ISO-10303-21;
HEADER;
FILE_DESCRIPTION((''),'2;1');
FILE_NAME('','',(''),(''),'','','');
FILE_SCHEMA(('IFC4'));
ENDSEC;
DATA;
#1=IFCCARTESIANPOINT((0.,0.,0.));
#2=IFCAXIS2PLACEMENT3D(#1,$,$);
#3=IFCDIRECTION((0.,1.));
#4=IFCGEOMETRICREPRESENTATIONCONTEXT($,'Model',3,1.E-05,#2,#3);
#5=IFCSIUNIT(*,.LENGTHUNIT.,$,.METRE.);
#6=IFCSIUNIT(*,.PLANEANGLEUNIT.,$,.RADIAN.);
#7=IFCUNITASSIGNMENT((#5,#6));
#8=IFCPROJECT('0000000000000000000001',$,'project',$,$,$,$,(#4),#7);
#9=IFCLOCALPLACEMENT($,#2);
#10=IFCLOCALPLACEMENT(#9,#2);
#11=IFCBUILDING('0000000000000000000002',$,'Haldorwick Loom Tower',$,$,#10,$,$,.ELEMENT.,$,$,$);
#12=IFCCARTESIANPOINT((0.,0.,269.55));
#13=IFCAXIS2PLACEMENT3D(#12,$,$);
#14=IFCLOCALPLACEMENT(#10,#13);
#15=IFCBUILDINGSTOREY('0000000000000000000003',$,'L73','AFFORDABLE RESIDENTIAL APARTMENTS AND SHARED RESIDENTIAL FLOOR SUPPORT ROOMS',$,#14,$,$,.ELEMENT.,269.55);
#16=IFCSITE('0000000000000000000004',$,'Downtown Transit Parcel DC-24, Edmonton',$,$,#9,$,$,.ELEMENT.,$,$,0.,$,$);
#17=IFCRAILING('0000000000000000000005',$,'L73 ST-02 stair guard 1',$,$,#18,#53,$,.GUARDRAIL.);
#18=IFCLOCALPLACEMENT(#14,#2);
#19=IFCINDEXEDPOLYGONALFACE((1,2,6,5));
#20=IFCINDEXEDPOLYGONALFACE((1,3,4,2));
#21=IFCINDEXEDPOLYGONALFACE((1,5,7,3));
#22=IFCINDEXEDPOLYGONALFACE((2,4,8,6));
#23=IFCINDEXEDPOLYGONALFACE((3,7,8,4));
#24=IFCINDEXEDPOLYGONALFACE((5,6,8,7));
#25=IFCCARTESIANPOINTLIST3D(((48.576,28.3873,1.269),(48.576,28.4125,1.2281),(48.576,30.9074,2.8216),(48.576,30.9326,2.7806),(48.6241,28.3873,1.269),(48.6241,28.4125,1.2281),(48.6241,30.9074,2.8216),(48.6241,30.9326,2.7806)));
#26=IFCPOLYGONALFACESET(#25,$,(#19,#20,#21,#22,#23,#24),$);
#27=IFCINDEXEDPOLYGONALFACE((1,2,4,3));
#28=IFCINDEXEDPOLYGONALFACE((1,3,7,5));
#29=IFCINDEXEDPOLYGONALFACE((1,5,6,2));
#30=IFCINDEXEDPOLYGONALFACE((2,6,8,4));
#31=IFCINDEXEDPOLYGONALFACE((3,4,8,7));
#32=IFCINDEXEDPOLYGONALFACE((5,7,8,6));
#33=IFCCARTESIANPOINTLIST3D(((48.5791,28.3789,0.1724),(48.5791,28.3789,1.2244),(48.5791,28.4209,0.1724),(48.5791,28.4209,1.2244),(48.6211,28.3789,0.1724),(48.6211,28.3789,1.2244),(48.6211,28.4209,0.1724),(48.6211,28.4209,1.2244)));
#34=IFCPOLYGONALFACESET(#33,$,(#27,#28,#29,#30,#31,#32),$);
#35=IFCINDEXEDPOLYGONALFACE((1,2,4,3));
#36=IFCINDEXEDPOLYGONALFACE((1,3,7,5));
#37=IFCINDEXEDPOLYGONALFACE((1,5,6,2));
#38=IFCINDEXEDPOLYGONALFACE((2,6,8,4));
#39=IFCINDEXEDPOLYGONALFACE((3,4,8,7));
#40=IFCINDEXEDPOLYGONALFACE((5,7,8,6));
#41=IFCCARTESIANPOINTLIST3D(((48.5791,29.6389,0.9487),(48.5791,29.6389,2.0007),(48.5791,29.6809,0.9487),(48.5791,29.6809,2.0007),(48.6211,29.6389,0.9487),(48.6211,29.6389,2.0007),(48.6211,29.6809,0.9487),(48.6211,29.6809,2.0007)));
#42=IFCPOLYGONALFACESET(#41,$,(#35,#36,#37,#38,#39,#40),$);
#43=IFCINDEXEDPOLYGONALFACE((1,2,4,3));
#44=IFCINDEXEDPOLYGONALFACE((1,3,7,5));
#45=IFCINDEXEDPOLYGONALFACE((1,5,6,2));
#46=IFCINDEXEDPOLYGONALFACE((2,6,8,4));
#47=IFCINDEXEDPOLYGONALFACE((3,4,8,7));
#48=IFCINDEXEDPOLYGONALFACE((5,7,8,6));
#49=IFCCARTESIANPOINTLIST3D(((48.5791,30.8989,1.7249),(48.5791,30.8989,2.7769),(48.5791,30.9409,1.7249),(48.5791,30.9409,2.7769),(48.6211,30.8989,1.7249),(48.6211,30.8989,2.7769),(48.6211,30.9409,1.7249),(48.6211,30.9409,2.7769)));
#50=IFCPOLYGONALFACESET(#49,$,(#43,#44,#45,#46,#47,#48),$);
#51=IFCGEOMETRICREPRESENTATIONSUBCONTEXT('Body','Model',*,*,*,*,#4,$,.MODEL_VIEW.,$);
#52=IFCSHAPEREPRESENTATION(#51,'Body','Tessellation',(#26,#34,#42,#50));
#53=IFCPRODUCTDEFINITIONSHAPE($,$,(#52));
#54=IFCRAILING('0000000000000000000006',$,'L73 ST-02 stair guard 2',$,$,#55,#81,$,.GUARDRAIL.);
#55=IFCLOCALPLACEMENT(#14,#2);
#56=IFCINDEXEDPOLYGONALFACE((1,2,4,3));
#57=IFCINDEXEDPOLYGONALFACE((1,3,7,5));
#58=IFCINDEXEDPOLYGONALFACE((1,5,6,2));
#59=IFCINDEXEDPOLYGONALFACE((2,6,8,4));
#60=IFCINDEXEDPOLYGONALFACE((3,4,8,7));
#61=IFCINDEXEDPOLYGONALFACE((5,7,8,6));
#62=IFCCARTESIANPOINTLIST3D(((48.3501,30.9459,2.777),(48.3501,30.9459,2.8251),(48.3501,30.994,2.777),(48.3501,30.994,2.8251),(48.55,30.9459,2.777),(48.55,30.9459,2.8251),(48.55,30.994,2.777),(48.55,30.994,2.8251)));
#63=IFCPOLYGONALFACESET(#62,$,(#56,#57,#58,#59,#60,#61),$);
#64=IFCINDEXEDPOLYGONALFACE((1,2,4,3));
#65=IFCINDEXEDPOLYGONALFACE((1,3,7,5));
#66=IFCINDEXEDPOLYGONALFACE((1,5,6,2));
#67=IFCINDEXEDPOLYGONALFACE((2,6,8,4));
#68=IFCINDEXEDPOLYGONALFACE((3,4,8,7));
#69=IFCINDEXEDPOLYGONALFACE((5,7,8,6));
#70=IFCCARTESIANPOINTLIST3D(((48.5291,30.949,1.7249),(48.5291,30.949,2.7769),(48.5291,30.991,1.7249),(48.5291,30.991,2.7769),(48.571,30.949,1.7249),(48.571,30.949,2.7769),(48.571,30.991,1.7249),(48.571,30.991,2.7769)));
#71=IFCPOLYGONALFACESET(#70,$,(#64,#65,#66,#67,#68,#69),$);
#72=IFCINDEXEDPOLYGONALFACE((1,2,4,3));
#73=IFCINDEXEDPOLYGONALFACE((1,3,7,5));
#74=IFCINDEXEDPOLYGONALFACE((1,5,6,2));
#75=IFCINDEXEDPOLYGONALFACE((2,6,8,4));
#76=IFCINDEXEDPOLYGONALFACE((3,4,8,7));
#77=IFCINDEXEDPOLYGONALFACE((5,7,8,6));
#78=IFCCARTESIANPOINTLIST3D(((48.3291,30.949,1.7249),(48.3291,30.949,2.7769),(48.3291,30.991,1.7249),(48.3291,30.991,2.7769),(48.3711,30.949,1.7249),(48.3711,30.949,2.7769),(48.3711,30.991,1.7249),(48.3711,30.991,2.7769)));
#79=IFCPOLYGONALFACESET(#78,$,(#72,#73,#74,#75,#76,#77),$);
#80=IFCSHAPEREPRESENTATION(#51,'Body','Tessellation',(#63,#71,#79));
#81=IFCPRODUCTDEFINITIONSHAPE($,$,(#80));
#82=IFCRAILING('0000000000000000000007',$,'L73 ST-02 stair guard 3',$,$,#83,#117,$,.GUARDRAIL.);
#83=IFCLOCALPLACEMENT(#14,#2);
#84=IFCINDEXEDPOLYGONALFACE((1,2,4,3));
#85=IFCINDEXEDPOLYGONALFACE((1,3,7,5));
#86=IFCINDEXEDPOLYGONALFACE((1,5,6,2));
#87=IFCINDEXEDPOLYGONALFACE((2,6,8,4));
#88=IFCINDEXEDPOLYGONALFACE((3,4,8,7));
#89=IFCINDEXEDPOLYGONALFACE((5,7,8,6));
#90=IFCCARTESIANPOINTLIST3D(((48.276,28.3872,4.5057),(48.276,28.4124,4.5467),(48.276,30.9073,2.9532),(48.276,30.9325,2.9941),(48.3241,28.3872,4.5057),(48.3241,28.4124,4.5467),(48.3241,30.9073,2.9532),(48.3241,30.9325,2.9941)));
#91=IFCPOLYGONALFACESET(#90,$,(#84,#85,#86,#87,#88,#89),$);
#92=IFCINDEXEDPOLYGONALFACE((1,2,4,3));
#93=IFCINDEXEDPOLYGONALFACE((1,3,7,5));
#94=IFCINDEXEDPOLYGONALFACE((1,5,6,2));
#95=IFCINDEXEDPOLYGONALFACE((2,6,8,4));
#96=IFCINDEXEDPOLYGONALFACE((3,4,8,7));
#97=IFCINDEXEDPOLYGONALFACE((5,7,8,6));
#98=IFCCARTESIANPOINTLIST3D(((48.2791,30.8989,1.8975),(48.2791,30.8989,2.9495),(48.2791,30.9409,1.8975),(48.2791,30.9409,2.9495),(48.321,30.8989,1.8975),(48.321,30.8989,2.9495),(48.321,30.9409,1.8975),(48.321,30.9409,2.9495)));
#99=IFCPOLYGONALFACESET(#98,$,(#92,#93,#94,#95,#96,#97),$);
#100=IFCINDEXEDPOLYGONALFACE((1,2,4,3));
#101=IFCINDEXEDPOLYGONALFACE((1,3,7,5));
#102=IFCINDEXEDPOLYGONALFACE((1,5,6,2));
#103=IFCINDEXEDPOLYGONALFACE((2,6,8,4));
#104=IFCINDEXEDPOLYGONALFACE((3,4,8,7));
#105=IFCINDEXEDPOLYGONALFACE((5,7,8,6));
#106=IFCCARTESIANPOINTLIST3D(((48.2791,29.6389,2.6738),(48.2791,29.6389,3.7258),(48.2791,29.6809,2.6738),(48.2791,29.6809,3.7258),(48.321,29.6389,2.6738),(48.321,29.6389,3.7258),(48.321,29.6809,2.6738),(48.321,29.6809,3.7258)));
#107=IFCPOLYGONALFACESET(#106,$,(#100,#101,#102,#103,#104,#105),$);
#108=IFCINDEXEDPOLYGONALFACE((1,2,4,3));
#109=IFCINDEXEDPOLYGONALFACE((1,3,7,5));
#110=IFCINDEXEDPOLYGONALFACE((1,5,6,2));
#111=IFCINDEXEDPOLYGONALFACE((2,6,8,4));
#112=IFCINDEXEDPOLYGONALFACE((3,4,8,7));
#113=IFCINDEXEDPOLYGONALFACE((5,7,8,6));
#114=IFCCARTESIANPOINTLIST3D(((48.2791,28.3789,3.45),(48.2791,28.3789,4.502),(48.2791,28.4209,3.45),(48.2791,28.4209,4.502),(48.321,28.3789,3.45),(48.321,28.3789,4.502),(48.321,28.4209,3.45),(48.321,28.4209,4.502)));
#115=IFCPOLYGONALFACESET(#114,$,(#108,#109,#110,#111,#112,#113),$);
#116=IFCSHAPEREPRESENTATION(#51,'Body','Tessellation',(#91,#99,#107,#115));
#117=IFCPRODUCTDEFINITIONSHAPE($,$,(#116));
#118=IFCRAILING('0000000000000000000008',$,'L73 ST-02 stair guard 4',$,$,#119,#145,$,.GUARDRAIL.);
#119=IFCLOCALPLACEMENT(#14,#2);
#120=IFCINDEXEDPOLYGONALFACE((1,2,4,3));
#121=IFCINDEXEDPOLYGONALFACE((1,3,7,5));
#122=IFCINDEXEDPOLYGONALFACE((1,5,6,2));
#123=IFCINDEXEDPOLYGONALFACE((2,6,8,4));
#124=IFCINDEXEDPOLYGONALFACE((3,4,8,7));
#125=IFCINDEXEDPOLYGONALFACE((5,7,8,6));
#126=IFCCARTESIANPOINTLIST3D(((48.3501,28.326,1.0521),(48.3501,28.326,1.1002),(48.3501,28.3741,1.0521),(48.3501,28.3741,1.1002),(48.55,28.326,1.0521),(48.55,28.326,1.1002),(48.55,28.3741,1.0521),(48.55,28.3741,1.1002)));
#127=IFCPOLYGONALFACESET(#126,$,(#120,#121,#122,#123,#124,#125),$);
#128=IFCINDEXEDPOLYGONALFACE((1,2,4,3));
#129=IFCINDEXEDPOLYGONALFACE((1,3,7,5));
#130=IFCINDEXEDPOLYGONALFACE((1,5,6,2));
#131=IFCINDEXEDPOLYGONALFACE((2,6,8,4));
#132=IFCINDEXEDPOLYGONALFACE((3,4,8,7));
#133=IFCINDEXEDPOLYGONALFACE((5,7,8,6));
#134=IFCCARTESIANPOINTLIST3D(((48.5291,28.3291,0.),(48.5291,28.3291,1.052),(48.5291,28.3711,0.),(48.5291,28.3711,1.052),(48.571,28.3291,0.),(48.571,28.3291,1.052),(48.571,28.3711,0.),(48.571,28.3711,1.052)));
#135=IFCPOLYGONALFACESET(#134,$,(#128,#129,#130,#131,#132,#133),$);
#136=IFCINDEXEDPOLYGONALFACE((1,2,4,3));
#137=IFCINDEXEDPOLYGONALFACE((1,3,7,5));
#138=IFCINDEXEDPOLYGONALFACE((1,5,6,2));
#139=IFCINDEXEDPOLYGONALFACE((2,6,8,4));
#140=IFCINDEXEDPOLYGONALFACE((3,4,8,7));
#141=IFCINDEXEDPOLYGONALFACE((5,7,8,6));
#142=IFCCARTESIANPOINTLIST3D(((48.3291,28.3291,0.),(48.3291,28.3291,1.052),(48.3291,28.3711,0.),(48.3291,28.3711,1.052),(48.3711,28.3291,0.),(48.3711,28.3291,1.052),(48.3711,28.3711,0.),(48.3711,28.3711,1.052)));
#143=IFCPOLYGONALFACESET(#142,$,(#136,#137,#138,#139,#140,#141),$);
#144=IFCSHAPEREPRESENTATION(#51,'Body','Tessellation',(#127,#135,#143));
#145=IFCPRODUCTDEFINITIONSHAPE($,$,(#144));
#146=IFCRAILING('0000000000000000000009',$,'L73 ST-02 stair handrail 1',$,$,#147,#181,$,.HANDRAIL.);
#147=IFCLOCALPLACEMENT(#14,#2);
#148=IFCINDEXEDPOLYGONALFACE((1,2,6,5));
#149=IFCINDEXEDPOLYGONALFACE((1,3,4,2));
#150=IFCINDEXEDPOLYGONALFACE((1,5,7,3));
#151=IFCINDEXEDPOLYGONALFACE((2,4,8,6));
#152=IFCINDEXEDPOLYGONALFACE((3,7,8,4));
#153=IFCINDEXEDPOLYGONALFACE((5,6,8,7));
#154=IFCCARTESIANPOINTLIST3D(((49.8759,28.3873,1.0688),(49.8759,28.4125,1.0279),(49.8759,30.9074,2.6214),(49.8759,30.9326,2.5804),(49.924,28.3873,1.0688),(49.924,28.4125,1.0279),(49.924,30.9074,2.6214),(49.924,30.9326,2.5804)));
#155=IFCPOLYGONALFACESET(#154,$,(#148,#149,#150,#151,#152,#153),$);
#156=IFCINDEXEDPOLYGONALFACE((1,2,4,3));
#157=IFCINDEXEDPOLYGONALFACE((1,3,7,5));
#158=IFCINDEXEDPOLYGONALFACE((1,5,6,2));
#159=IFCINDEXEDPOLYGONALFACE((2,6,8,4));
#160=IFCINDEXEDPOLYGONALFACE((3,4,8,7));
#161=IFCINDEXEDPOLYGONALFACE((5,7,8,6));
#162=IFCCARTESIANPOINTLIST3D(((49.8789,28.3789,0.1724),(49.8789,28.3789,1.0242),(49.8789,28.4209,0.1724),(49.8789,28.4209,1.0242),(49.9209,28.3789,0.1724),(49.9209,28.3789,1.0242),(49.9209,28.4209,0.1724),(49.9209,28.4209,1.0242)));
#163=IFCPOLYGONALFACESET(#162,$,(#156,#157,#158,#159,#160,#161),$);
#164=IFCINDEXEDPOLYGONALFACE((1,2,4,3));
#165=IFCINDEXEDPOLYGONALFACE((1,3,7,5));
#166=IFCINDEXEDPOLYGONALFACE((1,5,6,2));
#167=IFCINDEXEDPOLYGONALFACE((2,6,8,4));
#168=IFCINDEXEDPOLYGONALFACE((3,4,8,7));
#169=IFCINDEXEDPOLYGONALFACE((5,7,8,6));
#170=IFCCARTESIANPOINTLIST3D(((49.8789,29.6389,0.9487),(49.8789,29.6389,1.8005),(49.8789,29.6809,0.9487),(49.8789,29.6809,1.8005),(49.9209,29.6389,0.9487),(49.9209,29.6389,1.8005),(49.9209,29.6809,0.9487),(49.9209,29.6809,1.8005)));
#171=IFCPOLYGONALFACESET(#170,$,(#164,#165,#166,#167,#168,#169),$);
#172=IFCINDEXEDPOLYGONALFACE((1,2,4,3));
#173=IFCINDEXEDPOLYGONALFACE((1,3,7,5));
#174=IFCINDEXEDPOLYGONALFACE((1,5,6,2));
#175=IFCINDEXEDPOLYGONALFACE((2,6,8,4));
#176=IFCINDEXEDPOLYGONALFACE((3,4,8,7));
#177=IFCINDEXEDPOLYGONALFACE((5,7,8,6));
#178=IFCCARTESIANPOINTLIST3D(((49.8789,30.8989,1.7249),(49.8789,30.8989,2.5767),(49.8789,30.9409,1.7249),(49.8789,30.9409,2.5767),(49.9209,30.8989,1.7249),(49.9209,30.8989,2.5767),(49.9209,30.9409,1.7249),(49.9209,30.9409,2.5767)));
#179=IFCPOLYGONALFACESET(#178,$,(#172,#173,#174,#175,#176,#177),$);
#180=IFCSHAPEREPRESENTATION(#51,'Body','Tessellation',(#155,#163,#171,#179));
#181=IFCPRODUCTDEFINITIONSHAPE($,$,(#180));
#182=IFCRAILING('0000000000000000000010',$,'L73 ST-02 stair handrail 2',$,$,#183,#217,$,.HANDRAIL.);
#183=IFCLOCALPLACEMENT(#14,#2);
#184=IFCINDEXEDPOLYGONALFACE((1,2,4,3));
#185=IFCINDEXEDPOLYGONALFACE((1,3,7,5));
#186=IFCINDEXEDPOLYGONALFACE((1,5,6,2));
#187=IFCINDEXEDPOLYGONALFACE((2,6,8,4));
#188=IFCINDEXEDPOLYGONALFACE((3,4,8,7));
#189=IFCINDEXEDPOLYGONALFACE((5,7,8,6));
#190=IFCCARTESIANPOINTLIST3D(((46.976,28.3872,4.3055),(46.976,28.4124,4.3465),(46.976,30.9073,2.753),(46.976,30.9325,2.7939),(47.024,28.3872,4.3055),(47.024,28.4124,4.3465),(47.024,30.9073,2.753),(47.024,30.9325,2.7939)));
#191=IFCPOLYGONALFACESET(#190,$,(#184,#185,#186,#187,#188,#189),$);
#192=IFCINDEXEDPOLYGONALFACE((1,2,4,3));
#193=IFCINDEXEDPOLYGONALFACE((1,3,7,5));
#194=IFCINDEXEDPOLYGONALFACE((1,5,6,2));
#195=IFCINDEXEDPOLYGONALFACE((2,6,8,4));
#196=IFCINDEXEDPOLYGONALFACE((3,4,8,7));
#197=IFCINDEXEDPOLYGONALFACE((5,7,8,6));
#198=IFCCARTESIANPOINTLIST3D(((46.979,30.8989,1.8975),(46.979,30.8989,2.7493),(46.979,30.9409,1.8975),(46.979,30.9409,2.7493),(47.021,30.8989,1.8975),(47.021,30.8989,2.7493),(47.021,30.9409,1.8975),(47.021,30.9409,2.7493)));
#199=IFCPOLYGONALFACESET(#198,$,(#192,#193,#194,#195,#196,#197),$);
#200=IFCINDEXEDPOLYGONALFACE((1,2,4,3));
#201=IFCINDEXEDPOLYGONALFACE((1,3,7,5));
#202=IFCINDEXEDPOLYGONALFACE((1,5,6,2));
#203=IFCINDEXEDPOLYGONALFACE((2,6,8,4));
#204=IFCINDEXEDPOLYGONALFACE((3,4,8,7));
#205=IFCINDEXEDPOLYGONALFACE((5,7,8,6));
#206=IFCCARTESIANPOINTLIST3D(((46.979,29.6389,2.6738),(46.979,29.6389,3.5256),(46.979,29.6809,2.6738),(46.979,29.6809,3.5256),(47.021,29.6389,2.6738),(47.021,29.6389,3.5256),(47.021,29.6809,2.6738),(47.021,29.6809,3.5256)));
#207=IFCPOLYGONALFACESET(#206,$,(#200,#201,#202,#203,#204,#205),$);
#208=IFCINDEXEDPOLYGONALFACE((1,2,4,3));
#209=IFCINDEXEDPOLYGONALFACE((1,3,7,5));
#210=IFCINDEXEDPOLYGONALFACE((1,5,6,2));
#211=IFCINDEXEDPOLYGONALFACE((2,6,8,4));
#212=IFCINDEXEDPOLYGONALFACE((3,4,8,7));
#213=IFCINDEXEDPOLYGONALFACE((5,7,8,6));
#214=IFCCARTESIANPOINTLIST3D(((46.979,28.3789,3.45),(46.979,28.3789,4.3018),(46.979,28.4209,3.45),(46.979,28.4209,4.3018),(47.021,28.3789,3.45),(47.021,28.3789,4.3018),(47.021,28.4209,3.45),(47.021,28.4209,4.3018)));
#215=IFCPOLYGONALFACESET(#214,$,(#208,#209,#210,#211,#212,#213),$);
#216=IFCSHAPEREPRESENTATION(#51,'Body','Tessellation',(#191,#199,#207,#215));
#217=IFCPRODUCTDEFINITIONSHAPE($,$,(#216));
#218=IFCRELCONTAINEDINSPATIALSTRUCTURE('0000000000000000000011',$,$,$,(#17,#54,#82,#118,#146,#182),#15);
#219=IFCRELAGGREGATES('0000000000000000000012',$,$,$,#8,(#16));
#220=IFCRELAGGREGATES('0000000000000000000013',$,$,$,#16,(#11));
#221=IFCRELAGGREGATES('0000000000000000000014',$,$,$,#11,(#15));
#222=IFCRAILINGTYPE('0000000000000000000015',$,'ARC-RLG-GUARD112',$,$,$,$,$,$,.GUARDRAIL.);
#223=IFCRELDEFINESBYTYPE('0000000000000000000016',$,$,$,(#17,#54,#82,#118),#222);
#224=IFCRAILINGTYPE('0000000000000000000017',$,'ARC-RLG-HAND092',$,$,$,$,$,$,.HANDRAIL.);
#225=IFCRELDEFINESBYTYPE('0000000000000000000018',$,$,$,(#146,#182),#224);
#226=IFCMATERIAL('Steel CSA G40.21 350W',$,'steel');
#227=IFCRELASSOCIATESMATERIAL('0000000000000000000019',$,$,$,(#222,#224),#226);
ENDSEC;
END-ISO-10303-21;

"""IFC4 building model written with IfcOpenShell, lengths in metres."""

from ifc_helpers import new_model, si_unit, direction, frame, origin, origin_2d, place, context, subcontext, project, spatial, rectangle, extrude, material, type_object, element, save


model = new_model("IFC4")

# Units and contexts
model_context = context("Model", 3, precision=1e-05, world=origin(), true_north=direction((0.0, 1.0)))
body_context = subcontext(model_context, "Body", "Model", "MODEL_VIEW")
ifc_project = project(units=[si_unit("LENGTHUNIT", "METRE"), si_unit("PLANEANGLEUNIT", "RADIAN")], contexts=[model_context])

# Site, building, storey
site_placement = place(None, origin())
site = spatial("IfcSite", under=ifc_project, at=site_placement, Name="Downtown Transit Parcel DC-24, Edmonton", CompositionType="ELEMENT", RefElevation=0.0)
building_placement = place(site_placement, origin())
building = spatial("IfcBuilding", under=site, at=building_placement, Name="Haldorwick Loom Tower", CompositionType="ELEMENT")
storey_placement = place(building_placement, frame((0.0, 0.0, 269.55)))
storey = spatial("IfcBuildingStorey", under=building, at=storey_placement, Name="L73", Description="AFFORDABLE RESIDENTIAL APARTMENTS AND SHARED RESIDENTIAL FLOOR SUPPORT ROOMS", CompositionType="ELEMENT", Elevation=269.55)

# Shared definitions
ifc_material_1 = material(Name="Steel CSA G40.21 350W", Category="steel")

# Railings
railing_type_1 = type_object("IfcRailingType", Name="ARC-RLG-GUARD112", PredefinedType="GUARDRAIL", material=ifc_material_1)
railing_1_placement = place(storey_placement, frame((48.6001, 28.3999, 0.1724)))
element("IfcRailing", 1, at=railing_1_placement, inside=storey, type_object=railing_type_1, Name="L73 ST-02 stair guard 1", PredefinedType="GUARDRAIL", context=body_context, shape_type="SweptSolid", body=[
    extrude(rectangle(XDim=0.0481, YDim=0.0481, at=origin_2d()), frame((0.0, 0.0, 1.0762), z_axis=(0.0, 0.8514, 0.524516), x_axis=(-1.0, 0.0, 0.0)), (0.0, 0.0, 1.0), 2.96),
    extrude(rectangle(XDim=0.042, YDim=0.042, at=origin_2d()), origin(), (0.0, 0.0, 1.0), 1.052),
    extrude(rectangle(XDim=0.042, YDim=0.042, at=origin_2d()), frame((0.0, 1.26, 0.7764)), (0.0, 0.0, 1.0), 1.052),
    extrude(rectangle(XDim=0.042, YDim=0.042, at=origin_2d()), frame((0.0, 2.52, 1.5525)), (0.0, 0.0, 1.0), 1.052),
])
railing_2_placement = place(storey_placement, frame((48.55, 30.97, 1.7249)))
element("IfcRailing", 2, at=railing_2_placement, inside=storey, type_object=railing_type_1, Name="L73 ST-02 stair guard 2", PredefinedType="GUARDRAIL", context=body_context, shape_type="SweptSolid", body=[
    extrude(rectangle(XDim=0.0481, YDim=0.0481, at=origin_2d()), frame((0.0, 0.0, 1.0762), z_axis=(-1.0, 0.0, 0.0), x_axis=(0.0, -1.0, 0.0)), (0.0, 0.0, 1.0), 0.2),
    extrude(rectangle(XDim=0.042, YDim=0.042, at=origin_2d()), origin(), (0.0, 0.0, 1.0), 1.052),
    extrude(rectangle(XDim=0.042, YDim=0.042, at=origin_2d()), frame((-0.2, 0.0, 0.0)), (0.0, 0.0, 1.0), 1.052),
])
railing_3_placement = place(storey_placement, frame((48.3, 30.9199, 1.8975)))
element("IfcRailing", 3, at=railing_3_placement, inside=storey, type_object=railing_type_1, Name="L73 ST-02 stair guard 3", PredefinedType="GUARDRAIL", context=body_context, shape_type="SweptSolid", body=[
    extrude(rectangle(XDim=0.0481, YDim=0.0481, at=origin_2d()), frame((0.0, 0.0, 1.0762), z_axis=(0.0, -0.8514, 0.524516), x_axis=(1.0, 0.0, 0.0)), (0.0, 0.0, 1.0), 2.96),
    extrude(rectangle(XDim=0.042, YDim=0.042, at=origin_2d()), origin(), (0.0, 0.0, 1.0), 1.052),
    extrude(rectangle(XDim=0.042, YDim=0.042, at=origin_2d()), frame((0.0, -1.26, 0.7764)), (0.0, 0.0, 1.0), 1.052),
    extrude(rectangle(XDim=0.042, YDim=0.042, at=origin_2d()), frame((0.0, -2.52, 1.5525)), (0.0, 0.0, 1.0), 1.052),
])
railing_4_placement = place(storey_placement, frame((48.55, 28.3501, 0.0)))
element("IfcRailing", 4, at=railing_4_placement, inside=storey, type_object=railing_type_1, Name="L73 ST-02 stair guard 4", PredefinedType="GUARDRAIL", context=body_context, shape_type="SweptSolid", body=[
    extrude(rectangle(XDim=0.0481, YDim=0.0481, at=origin_2d()), frame((0.0, 0.0, 1.0762), z_axis=(-1.0, 0.0, 0.0), x_axis=(0.0, -1.0, 0.0)), (0.0, 0.0, 1.0), 0.2),
    extrude(rectangle(XDim=0.042, YDim=0.042, at=origin_2d()), origin(), (0.0, 0.0, 1.0), 1.052),
    extrude(rectangle(XDim=0.042, YDim=0.042, at=origin_2d()), frame((-0.2, 0.0, 0.0)), (0.0, 0.0, 1.0), 1.052),
])
railing_type_2 = type_object("IfcRailingType", Name="ARC-RLG-HAND092", PredefinedType="HANDRAIL", material=ifc_material_1)
railing_5_placement = place(storey_placement, frame((49.8999, 28.3999, 0.1724)))
element("IfcRailing", 5, at=railing_5_placement, inside=storey, type_object=railing_type_2, Name="L73 ST-02 stair handrail 1", PredefinedType="HANDRAIL", context=body_context, shape_type="SweptSolid", body=[
    extrude(rectangle(XDim=0.0481, YDim=0.0481, at=origin_2d()), frame((0.0, 0.0, 0.876), z_axis=(0.0, 0.8514, 0.524516), x_axis=(-1.0, 0.0, 0.0)), (0.0, 0.0, 1.0), 2.96),
    extrude(rectangle(XDim=0.042, YDim=0.042, at=origin_2d()), origin(), (0.0, 0.0, 1.0), 0.8518),
    extrude(rectangle(XDim=0.042, YDim=0.042, at=origin_2d()), frame((0.0, 1.26, 0.7764)), (0.0, 0.0, 1.0), 0.8518),
    extrude(rectangle(XDim=0.042, YDim=0.042, at=origin_2d()), frame((0.0, 2.52, 1.5525)), (0.0, 0.0, 1.0), 0.8518),
])
railing_6_placement = place(storey_placement, frame((47.0, 30.9199, 1.8975)))
element("IfcRailing", 6, at=railing_6_placement, inside=storey, type_object=railing_type_2, Name="L73 ST-02 stair handrail 2", PredefinedType="HANDRAIL", context=body_context, shape_type="SweptSolid", body=[
    extrude(rectangle(XDim=0.0481, YDim=0.0481, at=origin_2d()), frame((0.0, 0.0, 0.876), z_axis=(0.0, -0.8514, 0.524516), x_axis=(1.0, 0.0, 0.0)), (0.0, 0.0, 1.0), 2.96),
    extrude(rectangle(XDim=0.042, YDim=0.042, at=origin_2d()), origin(), (0.0, 0.0, 1.0), 0.8518),
    extrude(rectangle(XDim=0.042, YDim=0.042, at=origin_2d()), frame((0.0, -1.26, 0.7764)), (0.0, 0.0, 1.0), 0.8518),
    extrude(rectangle(XDim=0.042, YDim=0.042, at=origin_2d()), frame((0.0, -2.52, 1.5525)), (0.0, 0.0, 1.0), 0.8518),
])

save(model, "model.ifc")
